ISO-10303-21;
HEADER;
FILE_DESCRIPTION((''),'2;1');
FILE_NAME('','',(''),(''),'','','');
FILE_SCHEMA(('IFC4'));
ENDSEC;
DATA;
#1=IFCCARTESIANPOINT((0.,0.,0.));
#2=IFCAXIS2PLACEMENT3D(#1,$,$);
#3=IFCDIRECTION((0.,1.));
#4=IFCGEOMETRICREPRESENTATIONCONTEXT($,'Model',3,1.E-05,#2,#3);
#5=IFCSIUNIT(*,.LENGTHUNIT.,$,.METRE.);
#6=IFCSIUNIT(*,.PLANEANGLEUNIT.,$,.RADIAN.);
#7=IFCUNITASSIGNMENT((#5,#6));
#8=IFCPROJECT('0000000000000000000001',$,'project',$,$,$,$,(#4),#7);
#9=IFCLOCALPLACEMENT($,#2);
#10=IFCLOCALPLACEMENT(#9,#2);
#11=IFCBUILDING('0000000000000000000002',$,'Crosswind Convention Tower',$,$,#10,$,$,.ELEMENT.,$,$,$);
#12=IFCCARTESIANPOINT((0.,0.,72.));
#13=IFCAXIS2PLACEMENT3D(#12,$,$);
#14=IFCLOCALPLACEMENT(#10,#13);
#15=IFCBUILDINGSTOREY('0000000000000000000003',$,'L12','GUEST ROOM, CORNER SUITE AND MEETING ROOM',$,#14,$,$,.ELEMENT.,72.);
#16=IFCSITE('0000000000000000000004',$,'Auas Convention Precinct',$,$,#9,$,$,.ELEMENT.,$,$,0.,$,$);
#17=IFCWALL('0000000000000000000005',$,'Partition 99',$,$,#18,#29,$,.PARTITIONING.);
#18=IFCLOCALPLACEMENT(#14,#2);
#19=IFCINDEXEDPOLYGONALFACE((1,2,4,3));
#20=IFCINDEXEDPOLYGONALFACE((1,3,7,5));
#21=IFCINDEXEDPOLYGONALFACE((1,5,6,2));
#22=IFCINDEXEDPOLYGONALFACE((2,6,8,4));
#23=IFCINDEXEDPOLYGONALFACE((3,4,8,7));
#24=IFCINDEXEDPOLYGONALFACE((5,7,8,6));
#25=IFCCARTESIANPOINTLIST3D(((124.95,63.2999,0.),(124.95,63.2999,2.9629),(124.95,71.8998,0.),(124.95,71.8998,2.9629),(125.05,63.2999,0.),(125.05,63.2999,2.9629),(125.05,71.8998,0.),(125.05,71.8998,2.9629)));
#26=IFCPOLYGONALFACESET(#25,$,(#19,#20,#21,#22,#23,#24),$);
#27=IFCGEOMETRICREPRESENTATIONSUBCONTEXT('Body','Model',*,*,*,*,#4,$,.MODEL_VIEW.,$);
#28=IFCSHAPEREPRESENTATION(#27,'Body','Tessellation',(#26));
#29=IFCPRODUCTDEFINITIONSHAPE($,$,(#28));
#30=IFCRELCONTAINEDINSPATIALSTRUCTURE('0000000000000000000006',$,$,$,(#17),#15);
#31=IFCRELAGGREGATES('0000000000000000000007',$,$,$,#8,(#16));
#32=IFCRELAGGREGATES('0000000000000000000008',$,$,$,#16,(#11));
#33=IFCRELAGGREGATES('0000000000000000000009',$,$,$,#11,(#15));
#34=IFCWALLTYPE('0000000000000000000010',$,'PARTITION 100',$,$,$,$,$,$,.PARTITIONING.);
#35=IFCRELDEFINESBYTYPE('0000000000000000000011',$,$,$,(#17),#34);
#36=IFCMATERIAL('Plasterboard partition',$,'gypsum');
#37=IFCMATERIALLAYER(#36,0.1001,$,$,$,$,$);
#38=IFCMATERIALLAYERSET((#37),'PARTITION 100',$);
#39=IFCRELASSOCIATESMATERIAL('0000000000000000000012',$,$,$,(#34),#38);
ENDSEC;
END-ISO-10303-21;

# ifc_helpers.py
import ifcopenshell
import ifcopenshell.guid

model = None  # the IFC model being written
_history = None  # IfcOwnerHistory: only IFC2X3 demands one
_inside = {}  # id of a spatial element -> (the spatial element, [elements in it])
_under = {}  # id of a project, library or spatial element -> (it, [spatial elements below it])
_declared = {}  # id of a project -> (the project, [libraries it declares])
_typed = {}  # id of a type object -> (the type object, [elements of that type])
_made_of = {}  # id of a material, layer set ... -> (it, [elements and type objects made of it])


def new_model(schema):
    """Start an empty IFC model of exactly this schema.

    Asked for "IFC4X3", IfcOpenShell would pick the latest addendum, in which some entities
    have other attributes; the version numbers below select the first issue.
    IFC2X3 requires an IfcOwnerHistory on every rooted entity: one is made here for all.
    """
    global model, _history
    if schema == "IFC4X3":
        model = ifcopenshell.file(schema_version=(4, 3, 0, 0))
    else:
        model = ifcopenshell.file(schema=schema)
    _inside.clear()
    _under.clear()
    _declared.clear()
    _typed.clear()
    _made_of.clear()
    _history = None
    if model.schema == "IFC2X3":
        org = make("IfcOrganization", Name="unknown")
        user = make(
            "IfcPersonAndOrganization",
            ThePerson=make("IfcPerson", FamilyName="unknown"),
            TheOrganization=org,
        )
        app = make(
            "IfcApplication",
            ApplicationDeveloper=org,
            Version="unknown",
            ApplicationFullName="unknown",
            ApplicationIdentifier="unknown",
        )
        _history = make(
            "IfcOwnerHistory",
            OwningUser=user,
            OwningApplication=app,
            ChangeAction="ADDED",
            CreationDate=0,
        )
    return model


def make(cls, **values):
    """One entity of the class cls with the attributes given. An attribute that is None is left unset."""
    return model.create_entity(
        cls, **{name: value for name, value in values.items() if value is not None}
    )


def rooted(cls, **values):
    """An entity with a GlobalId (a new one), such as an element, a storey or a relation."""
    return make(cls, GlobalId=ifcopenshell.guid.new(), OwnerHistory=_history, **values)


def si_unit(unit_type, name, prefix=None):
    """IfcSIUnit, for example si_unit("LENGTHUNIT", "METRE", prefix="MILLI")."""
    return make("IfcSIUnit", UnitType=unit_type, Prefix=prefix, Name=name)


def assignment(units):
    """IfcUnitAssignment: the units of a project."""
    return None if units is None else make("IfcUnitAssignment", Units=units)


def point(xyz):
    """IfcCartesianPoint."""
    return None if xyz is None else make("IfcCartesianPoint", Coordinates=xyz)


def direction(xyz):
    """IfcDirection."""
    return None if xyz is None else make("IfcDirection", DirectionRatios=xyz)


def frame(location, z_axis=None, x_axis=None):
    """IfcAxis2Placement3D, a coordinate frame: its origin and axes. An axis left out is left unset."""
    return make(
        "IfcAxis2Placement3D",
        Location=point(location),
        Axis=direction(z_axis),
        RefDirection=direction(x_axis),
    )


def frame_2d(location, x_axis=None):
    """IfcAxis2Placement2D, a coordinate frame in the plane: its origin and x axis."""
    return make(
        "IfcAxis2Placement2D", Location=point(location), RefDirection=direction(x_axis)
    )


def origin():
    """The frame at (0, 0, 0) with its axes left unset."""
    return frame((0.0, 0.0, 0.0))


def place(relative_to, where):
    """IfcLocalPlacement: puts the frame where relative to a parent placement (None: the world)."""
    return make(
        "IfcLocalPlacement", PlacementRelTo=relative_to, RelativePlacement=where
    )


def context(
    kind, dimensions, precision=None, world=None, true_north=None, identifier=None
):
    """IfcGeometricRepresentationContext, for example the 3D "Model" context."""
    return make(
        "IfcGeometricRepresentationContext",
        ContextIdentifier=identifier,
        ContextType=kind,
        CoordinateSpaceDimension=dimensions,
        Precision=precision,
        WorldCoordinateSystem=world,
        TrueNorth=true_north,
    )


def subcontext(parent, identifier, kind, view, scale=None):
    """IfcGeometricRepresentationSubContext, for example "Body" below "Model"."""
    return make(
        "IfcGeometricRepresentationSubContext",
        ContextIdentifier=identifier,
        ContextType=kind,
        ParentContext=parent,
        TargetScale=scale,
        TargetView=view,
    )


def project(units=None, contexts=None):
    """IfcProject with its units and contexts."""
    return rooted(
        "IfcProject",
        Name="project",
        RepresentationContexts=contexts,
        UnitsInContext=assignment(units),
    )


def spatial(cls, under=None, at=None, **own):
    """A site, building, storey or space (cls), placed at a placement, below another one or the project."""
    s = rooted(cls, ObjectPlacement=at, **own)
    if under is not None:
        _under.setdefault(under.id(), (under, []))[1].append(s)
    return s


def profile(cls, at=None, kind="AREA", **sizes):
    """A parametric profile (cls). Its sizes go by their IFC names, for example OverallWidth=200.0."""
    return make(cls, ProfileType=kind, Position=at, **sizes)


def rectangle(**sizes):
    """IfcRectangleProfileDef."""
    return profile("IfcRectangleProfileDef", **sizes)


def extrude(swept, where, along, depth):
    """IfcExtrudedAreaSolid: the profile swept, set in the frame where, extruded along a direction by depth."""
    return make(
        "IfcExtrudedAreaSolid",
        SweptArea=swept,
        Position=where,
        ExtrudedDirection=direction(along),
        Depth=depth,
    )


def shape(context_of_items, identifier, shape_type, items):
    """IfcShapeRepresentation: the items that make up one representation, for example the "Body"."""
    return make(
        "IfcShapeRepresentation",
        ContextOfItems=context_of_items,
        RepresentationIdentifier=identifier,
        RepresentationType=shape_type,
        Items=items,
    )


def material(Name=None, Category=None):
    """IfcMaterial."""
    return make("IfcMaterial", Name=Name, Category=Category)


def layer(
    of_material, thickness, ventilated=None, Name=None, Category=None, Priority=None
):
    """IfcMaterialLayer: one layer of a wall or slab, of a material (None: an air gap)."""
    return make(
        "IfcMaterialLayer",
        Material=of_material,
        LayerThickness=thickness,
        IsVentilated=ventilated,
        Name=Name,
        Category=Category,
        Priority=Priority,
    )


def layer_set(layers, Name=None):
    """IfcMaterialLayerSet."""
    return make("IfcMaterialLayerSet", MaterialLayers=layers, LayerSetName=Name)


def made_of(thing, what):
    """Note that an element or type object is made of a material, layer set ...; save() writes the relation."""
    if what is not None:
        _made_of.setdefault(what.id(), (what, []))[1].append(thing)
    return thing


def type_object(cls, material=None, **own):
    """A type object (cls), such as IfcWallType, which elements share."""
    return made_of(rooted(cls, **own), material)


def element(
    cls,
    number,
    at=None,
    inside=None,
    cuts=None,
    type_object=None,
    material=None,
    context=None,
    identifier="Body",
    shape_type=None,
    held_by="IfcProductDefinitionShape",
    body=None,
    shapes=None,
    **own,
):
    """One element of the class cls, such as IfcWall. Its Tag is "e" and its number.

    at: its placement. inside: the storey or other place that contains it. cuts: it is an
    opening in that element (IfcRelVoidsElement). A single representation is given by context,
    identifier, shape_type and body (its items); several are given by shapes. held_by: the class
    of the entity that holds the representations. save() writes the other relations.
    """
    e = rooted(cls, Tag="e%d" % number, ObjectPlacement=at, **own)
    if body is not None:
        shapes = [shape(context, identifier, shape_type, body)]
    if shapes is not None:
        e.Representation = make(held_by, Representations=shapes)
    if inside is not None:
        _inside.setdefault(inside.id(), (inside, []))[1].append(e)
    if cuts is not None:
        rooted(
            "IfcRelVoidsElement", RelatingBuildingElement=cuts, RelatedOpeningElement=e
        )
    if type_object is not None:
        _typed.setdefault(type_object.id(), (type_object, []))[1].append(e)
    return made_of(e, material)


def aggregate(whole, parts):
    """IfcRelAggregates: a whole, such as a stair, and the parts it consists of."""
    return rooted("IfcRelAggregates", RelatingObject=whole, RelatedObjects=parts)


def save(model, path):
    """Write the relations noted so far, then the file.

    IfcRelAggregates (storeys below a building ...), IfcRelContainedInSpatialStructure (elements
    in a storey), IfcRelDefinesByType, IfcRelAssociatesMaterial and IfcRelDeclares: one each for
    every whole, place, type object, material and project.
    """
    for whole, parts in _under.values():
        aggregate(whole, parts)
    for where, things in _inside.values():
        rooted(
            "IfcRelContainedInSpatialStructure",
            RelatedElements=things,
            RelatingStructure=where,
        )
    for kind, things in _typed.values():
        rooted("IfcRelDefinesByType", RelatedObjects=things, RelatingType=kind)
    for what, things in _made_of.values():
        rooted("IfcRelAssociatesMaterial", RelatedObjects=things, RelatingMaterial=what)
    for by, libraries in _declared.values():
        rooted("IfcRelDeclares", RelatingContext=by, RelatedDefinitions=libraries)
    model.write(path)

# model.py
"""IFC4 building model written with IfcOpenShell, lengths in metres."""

from ifc_helpers import new_model, si_unit, direction, frame, frame_2d, origin, place, context, subcontext, project, spatial, rectangle, extrude, material, layer, layer_set, type_object, element, save


model = new_model("IFC4")

# Units and contexts
model_context = context("Model", 3, precision=1e-05, world=origin(), true_north=direction((0.0, 1.0)))
body_context = subcontext(model_context, "Body", "Model", "MODEL_VIEW")
ifc_project = project(units=[si_unit("LENGTHUNIT", "METRE"), si_unit("PLANEANGLEUNIT", "RADIAN")], contexts=[model_context])

# Site, building, storey
site_placement = place(None, origin())
site = spatial("IfcSite", under=ifc_project, at=site_placement, Name="Auas Convention Precinct", CompositionType="ELEMENT", RefElevation=0.0)
building_placement = place(site_placement, origin())
building = spatial("IfcBuilding", under=site, at=building_placement, Name="Crosswind Convention Tower", CompositionType="ELEMENT")
storey_placement = place(building_placement, frame((0.0, 0.0, 72.0)))
storey = spatial("IfcBuildingStorey", under=building, at=storey_placement, Name="L12", Description="GUEST ROOM, CORNER SUITE AND MEETING ROOM", CompositionType="ELEMENT", Elevation=72.0)

# Shared definitions
ifc_material_1 = material(Name="Plasterboard partition", Category="gypsum")

# Wall
ifc_layer_1 = layer(ifc_material_1, 0.1001)
ifc_layer_set_1 = layer_set([ifc_layer_1], Name="PARTITION 100")
wall_type_1 = type_object("IfcWallType", Name="PARTITION 100", PredefinedType="PARTITIONING", material=ifc_layer_set_1)
wall_1_placement = place(storey_placement, frame((125.0, 63.3, 0.0), z_axis=(0.0, 0.0, 1.0), x_axis=(0.0, 1.0, 0.0)))
element("IfcWall", 1, at=wall_1_placement, inside=storey, type_object=wall_type_1, Name="Partition 99", PredefinedType="PARTITIONING", context=body_context, shape_type="SweptSolid", body=[
    extrude(rectangle(XDim=8.5999, YDim=0.1001, at=frame_2d((4.2998, 0.0))), origin(), (0.0, 0.0, 1.0), 2.9629),
])

save(model, "model.ifc")
